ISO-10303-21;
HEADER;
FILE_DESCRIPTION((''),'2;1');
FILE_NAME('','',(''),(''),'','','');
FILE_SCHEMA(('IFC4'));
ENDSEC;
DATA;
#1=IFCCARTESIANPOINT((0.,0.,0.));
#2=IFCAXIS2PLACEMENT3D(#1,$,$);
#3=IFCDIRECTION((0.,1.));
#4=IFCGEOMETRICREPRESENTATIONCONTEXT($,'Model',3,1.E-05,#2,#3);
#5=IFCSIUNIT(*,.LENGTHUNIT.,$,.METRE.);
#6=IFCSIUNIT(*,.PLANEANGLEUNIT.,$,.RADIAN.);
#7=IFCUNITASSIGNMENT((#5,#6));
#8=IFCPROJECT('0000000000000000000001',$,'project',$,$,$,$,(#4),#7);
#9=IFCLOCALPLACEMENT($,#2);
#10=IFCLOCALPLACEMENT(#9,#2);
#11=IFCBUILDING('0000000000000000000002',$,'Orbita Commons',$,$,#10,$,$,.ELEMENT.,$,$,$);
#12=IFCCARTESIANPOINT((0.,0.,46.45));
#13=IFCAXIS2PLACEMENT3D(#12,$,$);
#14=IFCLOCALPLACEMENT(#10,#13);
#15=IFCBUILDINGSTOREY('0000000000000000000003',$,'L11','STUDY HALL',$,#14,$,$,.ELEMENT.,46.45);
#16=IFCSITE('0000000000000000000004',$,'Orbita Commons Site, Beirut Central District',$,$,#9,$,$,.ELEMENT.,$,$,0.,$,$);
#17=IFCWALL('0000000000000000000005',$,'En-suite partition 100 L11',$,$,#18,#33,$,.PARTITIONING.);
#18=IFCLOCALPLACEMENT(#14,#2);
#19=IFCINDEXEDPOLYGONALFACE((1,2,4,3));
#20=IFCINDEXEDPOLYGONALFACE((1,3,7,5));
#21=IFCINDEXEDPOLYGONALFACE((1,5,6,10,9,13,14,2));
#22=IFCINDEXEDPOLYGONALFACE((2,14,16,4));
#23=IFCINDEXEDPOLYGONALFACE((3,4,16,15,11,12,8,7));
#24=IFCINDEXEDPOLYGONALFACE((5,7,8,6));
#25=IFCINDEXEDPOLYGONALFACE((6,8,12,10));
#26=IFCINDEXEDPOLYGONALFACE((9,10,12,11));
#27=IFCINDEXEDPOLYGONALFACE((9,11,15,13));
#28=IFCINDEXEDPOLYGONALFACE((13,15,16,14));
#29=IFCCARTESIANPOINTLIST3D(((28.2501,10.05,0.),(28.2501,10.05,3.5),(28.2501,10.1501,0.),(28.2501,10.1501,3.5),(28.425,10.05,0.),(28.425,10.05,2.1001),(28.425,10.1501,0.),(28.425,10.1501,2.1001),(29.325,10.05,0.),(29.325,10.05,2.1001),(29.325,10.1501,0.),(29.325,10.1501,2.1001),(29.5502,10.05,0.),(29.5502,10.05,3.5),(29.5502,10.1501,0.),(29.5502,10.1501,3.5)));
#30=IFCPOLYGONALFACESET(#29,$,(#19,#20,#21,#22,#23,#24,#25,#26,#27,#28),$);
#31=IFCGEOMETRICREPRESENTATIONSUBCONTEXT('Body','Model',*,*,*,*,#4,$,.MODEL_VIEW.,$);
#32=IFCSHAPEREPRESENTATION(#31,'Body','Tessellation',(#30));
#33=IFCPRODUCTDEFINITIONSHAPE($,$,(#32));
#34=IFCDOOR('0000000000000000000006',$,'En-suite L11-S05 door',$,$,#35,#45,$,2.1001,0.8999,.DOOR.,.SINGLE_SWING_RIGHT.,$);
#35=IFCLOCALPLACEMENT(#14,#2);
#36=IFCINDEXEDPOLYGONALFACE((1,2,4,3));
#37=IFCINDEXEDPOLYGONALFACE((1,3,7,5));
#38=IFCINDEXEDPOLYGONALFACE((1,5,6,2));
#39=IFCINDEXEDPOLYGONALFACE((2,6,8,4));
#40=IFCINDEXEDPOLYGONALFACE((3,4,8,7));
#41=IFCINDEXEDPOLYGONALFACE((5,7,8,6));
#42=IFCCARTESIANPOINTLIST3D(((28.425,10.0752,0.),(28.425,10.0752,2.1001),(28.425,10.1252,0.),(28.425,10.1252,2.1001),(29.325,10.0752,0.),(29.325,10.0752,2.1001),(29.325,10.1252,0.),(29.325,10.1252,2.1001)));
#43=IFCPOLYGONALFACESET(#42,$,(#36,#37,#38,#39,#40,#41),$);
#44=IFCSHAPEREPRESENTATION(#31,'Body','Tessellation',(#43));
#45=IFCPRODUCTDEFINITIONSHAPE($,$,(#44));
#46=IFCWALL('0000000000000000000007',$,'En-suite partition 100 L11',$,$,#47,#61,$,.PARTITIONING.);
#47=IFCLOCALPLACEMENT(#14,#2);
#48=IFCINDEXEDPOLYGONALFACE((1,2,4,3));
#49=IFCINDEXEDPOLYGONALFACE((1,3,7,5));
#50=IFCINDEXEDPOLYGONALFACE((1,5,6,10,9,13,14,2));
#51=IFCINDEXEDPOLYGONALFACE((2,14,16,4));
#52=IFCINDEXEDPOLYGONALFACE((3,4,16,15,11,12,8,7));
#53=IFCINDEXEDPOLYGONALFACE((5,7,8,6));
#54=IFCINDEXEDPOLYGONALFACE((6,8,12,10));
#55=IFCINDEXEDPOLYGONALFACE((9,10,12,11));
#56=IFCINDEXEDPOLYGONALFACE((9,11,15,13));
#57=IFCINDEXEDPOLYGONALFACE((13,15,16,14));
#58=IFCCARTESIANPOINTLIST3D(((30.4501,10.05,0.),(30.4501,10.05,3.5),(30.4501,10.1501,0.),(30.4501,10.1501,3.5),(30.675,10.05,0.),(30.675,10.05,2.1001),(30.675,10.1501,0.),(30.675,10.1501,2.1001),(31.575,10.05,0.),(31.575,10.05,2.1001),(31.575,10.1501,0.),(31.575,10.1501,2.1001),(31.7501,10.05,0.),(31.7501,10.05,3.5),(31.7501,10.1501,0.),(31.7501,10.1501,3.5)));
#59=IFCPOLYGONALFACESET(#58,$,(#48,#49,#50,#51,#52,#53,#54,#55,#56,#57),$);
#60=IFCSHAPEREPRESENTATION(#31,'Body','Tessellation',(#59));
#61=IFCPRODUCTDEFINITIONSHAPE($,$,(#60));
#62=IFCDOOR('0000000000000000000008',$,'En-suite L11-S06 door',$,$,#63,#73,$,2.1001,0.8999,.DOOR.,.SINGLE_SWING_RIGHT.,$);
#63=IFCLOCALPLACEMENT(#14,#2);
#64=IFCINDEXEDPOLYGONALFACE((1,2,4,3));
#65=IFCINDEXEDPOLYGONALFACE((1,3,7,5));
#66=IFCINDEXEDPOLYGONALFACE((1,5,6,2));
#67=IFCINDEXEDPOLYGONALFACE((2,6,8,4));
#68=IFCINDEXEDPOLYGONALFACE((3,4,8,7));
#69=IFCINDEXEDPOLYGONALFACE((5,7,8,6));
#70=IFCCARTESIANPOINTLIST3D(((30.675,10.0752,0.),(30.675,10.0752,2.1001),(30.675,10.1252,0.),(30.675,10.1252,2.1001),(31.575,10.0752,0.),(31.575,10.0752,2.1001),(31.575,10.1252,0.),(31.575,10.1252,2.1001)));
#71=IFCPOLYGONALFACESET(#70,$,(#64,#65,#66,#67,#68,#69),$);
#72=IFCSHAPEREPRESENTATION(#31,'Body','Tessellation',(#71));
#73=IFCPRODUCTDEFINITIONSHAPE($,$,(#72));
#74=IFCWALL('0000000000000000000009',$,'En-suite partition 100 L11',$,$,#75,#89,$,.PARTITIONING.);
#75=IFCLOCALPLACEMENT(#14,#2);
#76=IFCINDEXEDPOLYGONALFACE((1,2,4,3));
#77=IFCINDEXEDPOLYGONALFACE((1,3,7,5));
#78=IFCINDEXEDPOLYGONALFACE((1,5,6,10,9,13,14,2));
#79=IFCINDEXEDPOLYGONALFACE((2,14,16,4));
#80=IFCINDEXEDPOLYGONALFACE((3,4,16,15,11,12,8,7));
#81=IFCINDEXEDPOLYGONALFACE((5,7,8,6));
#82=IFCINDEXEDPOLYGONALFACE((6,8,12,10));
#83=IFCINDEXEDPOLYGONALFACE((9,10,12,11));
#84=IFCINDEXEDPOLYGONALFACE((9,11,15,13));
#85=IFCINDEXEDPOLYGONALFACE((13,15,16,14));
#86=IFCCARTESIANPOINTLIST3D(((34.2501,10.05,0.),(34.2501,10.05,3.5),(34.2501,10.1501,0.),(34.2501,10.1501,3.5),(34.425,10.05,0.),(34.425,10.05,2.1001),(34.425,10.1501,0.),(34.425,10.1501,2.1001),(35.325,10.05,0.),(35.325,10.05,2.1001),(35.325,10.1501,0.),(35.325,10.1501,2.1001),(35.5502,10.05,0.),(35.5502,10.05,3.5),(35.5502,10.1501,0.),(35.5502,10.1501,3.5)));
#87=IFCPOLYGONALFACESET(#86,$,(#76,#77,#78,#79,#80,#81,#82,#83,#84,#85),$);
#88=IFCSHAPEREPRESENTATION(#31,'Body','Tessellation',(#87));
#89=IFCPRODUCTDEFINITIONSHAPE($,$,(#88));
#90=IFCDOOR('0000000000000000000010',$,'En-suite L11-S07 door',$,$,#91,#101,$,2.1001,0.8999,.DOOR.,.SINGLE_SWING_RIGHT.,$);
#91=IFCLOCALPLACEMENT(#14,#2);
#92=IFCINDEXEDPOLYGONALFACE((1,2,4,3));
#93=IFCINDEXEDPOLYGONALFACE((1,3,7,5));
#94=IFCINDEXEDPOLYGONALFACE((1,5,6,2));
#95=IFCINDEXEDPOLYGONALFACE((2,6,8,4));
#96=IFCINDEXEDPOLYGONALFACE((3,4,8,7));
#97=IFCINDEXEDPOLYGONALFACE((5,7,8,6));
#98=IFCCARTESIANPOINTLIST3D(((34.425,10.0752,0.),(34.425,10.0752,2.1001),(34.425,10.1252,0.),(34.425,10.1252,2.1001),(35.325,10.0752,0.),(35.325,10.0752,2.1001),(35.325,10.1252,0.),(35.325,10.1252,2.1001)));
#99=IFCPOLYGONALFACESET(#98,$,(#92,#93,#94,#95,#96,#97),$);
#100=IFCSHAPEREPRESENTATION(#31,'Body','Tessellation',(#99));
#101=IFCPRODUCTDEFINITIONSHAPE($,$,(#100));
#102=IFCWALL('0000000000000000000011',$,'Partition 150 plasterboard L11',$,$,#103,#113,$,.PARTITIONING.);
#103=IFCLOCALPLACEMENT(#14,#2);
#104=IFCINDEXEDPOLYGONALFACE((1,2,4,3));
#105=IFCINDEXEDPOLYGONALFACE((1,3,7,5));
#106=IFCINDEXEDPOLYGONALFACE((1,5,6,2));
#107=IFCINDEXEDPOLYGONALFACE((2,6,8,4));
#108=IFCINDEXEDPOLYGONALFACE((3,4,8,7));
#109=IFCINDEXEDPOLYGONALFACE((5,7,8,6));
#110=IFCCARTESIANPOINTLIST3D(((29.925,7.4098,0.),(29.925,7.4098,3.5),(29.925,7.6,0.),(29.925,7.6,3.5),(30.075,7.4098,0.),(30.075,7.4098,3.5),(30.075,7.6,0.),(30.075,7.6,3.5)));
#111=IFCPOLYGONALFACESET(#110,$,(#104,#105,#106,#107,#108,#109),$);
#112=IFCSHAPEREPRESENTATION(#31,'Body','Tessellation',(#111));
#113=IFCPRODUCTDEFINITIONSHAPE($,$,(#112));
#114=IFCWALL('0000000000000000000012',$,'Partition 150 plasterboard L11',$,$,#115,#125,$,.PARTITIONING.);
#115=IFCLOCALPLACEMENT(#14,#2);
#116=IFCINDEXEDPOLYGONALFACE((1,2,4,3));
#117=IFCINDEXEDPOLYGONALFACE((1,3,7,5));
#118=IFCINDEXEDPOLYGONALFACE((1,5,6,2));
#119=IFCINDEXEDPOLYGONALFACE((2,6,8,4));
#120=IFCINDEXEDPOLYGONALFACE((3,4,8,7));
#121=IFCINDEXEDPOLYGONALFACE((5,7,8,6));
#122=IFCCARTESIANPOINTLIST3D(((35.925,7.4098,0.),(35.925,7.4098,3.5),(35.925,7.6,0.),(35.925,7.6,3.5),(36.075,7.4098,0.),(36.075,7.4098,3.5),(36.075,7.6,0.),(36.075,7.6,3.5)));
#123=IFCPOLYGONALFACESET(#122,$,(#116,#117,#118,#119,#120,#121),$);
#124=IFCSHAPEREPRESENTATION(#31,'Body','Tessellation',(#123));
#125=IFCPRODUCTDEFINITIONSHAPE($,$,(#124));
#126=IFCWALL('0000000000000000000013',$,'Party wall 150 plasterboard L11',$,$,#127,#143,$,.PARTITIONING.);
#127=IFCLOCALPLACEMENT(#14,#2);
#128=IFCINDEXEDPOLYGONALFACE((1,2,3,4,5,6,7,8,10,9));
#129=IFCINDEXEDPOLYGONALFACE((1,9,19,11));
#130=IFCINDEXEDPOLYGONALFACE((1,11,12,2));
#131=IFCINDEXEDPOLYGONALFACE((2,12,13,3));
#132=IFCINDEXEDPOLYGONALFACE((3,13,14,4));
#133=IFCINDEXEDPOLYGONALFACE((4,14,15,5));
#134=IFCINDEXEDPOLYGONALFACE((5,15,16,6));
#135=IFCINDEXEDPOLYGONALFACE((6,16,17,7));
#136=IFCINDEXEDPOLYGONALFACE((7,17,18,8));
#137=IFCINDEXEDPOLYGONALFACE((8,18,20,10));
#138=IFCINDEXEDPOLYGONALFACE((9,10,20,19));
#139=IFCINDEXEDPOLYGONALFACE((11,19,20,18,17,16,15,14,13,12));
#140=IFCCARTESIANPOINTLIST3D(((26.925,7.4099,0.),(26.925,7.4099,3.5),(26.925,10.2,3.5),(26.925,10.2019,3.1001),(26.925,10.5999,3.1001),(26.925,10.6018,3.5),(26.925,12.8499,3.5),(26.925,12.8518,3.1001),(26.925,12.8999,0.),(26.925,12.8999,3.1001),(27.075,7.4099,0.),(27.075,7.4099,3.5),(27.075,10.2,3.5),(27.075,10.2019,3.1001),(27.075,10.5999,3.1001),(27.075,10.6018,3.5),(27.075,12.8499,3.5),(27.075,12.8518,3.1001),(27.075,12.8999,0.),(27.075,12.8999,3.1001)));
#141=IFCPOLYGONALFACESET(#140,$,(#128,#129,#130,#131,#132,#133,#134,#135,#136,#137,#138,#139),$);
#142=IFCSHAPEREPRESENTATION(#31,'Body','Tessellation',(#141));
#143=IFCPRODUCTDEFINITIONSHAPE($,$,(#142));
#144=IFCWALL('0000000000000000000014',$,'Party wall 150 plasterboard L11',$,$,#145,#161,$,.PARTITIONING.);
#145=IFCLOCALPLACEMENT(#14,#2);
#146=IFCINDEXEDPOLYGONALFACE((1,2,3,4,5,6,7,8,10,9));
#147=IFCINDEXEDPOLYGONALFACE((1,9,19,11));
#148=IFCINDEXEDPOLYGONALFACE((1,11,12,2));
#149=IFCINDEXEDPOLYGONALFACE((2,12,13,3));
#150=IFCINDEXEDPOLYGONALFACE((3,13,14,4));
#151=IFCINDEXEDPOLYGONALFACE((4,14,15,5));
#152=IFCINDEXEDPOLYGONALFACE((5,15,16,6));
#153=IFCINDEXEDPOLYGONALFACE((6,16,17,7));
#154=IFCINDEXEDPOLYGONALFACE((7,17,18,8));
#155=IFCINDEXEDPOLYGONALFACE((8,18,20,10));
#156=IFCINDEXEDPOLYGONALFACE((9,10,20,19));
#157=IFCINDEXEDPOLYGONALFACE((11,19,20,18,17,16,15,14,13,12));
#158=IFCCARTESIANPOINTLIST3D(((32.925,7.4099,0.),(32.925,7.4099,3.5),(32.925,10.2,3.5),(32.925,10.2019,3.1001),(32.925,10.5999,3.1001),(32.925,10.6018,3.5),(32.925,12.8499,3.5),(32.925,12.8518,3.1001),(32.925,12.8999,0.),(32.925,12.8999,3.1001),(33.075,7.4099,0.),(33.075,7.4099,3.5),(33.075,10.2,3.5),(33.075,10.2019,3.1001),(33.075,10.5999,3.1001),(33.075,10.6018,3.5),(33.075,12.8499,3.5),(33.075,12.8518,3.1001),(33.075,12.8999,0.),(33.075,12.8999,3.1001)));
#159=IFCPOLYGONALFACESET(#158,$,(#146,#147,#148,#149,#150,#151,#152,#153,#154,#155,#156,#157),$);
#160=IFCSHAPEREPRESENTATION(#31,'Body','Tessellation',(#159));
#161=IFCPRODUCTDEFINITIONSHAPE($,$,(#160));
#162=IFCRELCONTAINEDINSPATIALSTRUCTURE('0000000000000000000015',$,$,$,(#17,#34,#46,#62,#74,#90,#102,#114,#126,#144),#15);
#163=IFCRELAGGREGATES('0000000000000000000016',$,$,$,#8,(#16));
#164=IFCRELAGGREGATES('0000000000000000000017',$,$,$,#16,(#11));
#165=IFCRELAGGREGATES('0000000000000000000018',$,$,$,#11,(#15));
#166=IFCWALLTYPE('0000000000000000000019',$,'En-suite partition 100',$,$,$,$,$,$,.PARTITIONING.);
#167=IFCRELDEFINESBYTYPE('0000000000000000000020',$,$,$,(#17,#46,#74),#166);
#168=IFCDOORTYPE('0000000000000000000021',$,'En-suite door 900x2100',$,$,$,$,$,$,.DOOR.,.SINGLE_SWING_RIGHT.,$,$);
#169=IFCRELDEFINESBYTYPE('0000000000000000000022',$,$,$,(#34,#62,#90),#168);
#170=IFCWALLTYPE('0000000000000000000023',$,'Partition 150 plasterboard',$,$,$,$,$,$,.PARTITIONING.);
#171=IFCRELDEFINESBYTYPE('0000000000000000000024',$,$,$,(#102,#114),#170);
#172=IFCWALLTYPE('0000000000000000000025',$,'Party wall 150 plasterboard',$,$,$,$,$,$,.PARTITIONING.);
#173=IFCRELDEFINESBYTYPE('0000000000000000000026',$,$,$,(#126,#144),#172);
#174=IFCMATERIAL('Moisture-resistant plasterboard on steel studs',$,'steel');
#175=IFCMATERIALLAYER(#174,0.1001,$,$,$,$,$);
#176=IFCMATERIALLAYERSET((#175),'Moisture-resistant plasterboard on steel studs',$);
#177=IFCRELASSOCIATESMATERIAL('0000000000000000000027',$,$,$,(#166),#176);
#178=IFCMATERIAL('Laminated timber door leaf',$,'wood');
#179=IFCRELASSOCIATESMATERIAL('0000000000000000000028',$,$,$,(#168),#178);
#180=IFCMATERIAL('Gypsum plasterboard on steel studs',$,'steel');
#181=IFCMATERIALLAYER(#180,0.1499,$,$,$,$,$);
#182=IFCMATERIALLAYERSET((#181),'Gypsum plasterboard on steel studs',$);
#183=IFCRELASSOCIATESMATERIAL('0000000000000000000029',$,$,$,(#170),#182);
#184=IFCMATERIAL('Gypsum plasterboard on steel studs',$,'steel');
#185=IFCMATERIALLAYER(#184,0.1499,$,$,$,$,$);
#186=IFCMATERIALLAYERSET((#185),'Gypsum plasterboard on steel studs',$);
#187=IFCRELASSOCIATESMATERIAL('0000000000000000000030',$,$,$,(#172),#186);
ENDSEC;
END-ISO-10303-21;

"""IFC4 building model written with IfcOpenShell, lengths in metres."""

from ifc_helpers import new_model, si_unit, direction, frame, frame_2d, origin, place, context, subcontext, project, spatial, polyline, rectangle, outline, extrude, material, layer, layer_set, type_object, element, fill, save


model = new_model("IFC4")

# Units and contexts
model_context = context("Model", 3, precision=1e-05, world=origin(), true_north=direction((0.0, 1.0)))
body_context = subcontext(model_context, "Body", "Model", "MODEL_VIEW")
ifc_project = project(units=[si_unit("LENGTHUNIT", "METRE"), si_unit("PLANEANGLEUNIT", "RADIAN")], contexts=[model_context])

# Site, building, storey
site_placement = place(None, origin())
site = spatial("IfcSite", under=ifc_project, at=site_placement, Name="Orbita Commons Site, Beirut Central District", CompositionType="ELEMENT", RefElevation=0.0)
building_placement = place(site_placement, origin())
building = spatial("IfcBuilding", under=site, at=building_placement, Name="Orbita Commons", CompositionType="ELEMENT")
storey_placement = place(building_placement, frame((0.0, 0.0, 46.45)))
storey = spatial("IfcBuildingStorey", under=building, at=storey_placement, Name="L11", Description="STUDY HALL", CompositionType="ELEMENT", Elevation=46.45)

# Walls, openings, doors
ifc_material_1 = material(Name="Moisture-resistant plasterboard on steel studs", Category="steel")
ifc_layer_1 = layer(ifc_material_1, 0.1001)
ifc_layer_set_1 = layer_set([ifc_layer_1], Name="Moisture-resistant plasterboard on steel studs")
wall_type_1 = type_object("IfcWallType", Name="En-suite partition 100", PredefinedType="PARTITIONING", material=ifc_layer_set_1)
ifc_material_2 = material(Name="Laminated timber door leaf", Category="wood")
door_type = type_object("IfcDoorType", Name="En-suite door 900x2100", OperationType="SINGLE_SWING_RIGHT", PredefinedType="DOOR", material=ifc_material_2)
wall_1_placement = place(storey_placement, frame((29.55, 10.1001, 0.0), z_axis=(0.0, 0.0, 1.0), x_axis=(-1.0, 0.0, 0.0)))
wall_1 = element("IfcWall", 1, at=wall_1_placement, inside=storey, type_object=wall_type_1, Name="En-suite partition 100 L11", PredefinedType="PARTITIONING", context=body_context, shape_type="SweptSolid", body=[
    extrude(rectangle(XDim=1.3, YDim=0.1001, at=frame_2d((0.6499, 0.0))), origin(), (0.0, 0.0, 1.0), 3.5),
])
opening_1_placement = place(wall_1_placement, frame((0.2251, 0.0, 0.0)))
opening_1 = element("IfcOpeningElement", 2, at=opening_1_placement, cuts=wall_1, PredefinedType="OPENING", context=body_context, shape_type="SweptSolid", body=[
    extrude(rectangle(XDim=0.8999, YDim=2.1001, at=frame_2d((0.45, 1.05))), frame((0.0, 0.0601, 0.0), z_axis=(0.0, -1.0, 0.0), x_axis=(1.0, 0.0, 0.0)), (0.0, 0.0, 1.0), 0.1201),
])
door_1_placement = place(opening_1_placement, origin())
door_1 = element("IfcDoor", 3, at=door_1_placement, inside=storey, type_object=door_type, Name="En-suite L11-S05 door", OperationType="SINGLE_SWING_RIGHT", OverallHeight=2.1001, OverallWidth=0.8999, PredefinedType="DOOR", context=body_context, shape_type="SweptSolid", body=[
    extrude(rectangle(XDim=0.8999, YDim=2.1001, at=frame_2d((0.45, 1.05))), frame((0.0, 0.0249, 0.0), z_axis=(0.0, -1.0, 0.0), x_axis=(1.0, 0.0, 0.0)), (0.0, 0.0, 1.0), 0.05),
])
fill(opening_1, door_1)
wall_2_placement = place(storey_placement, frame((31.75, 10.1001, 0.0), z_axis=(0.0, 0.0, 1.0), x_axis=(-1.0, 0.0, 0.0)))
wall_2 = element("IfcWall", 4, at=wall_2_placement, inside=storey, type_object=wall_type_1, Name="En-suite partition 100 L11", PredefinedType="PARTITIONING", context=body_context, shape_type="SweptSolid", body=[
    extrude(rectangle(XDim=1.3, YDim=0.1001, at=frame_2d((0.6499, 0.0))), origin(), (0.0, 0.0, 1.0), 3.5),
])
opening_2_placement = place(wall_2_placement, frame((0.175, 0.0, 0.0)))
opening_2 = element("IfcOpeningElement", 5, at=opening_2_placement, cuts=wall_2, PredefinedType="OPENING", context=body_context, shape_type="SweptSolid", body=[
    extrude(rectangle(XDim=0.8999, YDim=2.1001, at=frame_2d((0.45, 1.05))), frame((0.0, 0.0601, 0.0), z_axis=(0.0, -1.0, 0.0), x_axis=(1.0, 0.0, 0.0)), (0.0, 0.0, 1.0), 0.1201),
])
door_2_placement = place(opening_2_placement, origin())
door_2 = element("IfcDoor", 6, at=door_2_placement, inside=storey, type_object=door_type, Name="En-suite L11-S06 door", OperationType="SINGLE_SWING_RIGHT", OverallHeight=2.1001, OverallWidth=0.8999, PredefinedType="DOOR", context=body_context, shape_type="SweptSolid", body=[
    extrude(rectangle(XDim=0.8999, YDim=2.1001, at=frame_2d((0.45, 1.05))), frame((0.0, 0.0249, 0.0), z_axis=(0.0, -1.0, 0.0), x_axis=(1.0, 0.0, 0.0)), (0.0, 0.0, 1.0), 0.05),
])
fill(opening_2, door_2)
wall_3_placement = place(storey_placement, frame((35.55, 10.1001, 0.0), z_axis=(0.0, 0.0, 1.0), x_axis=(-1.0, 0.0, 0.0)))
wall_3 = element("IfcWall", 7, at=wall_3_placement, inside=storey, type_object=wall_type_1, Name="En-suite partition 100 L11", PredefinedType="PARTITIONING", context=body_context, shape_type="SweptSolid", body=[
    extrude(rectangle(XDim=1.3, YDim=0.1001, at=frame_2d((0.6499, 0.0))), origin(), (0.0, 0.0, 1.0), 3.5),
])
opening_3_placement = place(wall_3_placement, frame((0.2251, 0.0, 0.0)))
opening_3 = element("IfcOpeningElement", 8, at=opening_3_placement, cuts=wall_3, PredefinedType="OPENING", context=body_context, shape_type="SweptSolid", body=[
    extrude(rectangle(XDim=0.8999, YDim=2.1001, at=frame_2d((0.45, 1.05))), frame((0.0, 0.0601, 0.0), z_axis=(0.0, -1.0, 0.0), x_axis=(1.0, 0.0, 0.0)), (0.0, 0.0, 1.0), 0.1201),
])
door_3_placement = place(opening_3_placement, origin())
door_3 = element("IfcDoor", 9, at=door_3_placement, inside=storey, type_object=door_type, Name="En-suite L11-S07 door", OperationType="SINGLE_SWING_RIGHT", OverallHeight=2.1001, OverallWidth=0.8999, PredefinedType="DOOR", context=body_context, shape_type="SweptSolid", body=[
    extrude(rectangle(XDim=0.8999, YDim=2.1001, at=frame_2d((0.45, 1.05))), frame((0.0, 0.0249, 0.0), z_axis=(0.0, -1.0, 0.0), x_axis=(1.0, 0.0, 0.0)), (0.0, 0.0, 1.0), 0.05),
])
fill(opening_3, door_3)

# Walls
ifc_material_3 = material(Name="Gypsum plasterboard on steel studs", Category="steel")
ifc_layer_2 = layer(ifc_material_3, 0.1499)
ifc_layer_set_2 = layer_set([ifc_layer_2], Name="Gypsum plasterboard on steel studs")
wall_type_2 = type_object("IfcWallType", Name="Partition 150 plasterboard", PredefinedType="PARTITIONING", material=ifc_layer_set_2)
for number, where, z_axis, x_axis, name in (
    (10, (30.0, 7.6001, 0.0), (0.0, 0.0, 1.0), (0.0, -1.0, 0.0), "Partition 150 plasterboard L11"),
    (11, (36.0, 7.6001, 0.0), (0.0, 0.0, 1.0), (0.0, -1.0, 0.0), "Partition 150 plasterboard L11"),
):
    element("IfcWall", number, at=place(storey_placement, frame(where, z_axis=z_axis, x_axis=x_axis)), inside=storey, type_object=wall_type_2, Name=name, PredefinedType="PARTITIONING", context=body_context, shape_type="SweptSolid", body=[
        extrude(rectangle(XDim=0.1902, YDim=0.1499, at=frame_2d((0.0952, 0.0))), origin(), (0.0, 0.0, 1.0), 3.5),
    ])
ifc_material_4 = material(Name="Gypsum plasterboard on steel studs", Category="steel")
ifc_layer_3 = layer(ifc_material_4, 0.1499)
ifc_layer_set_3 = layer_set([ifc_layer_3], Name="Gypsum plasterboard on steel studs")
wall_type_3 = type_object("IfcWallType", Name="Party wall 150 plasterboard", PredefinedType="PARTITIONING", material=ifc_layer_set_3)
for number, where, z_axis, x_axis, name in (
    (12, (27.0, 7.4099, 0.0), (0.0, 0.0, 1.0), (0.0, 1.0, 0.0), "Party wall 150 plasterboard L11"),
    (13, (33.0, 7.4099, 0.0), (0.0, 0.0, 1.0), (0.0, 1.0, 0.0), "Party wall 150 plasterboard L11"),
):
    element("IfcWall", number, at=place(storey_placement, frame(where, z_axis=z_axis, x_axis=x_axis)), inside=storey, type_object=wall_type_3, Name=name, PredefinedType="PARTITIONING", context=body_context, shape_type="SweptSolid", body=[
        extrude(outline(polyline([(0.0, 0.0), (5.49, 0.0), (5.49, 3.1001), (5.4419, 3.1001), (5.4399, 3.5), (3.1919, 3.5), (3.1899, 3.1001), (2.792, 3.1001), (2.79, 3.5), (0.0, 3.5), (0.0, 0.0)])), frame((0.0, 0.075, 0.0), z_axis=(0.0, -1.0, 0.0), x_axis=(1.0, 0.0, 0.0)), (0.0, 0.0, 1.0), 0.1499),
    ])

save(model, "model.ifc")
